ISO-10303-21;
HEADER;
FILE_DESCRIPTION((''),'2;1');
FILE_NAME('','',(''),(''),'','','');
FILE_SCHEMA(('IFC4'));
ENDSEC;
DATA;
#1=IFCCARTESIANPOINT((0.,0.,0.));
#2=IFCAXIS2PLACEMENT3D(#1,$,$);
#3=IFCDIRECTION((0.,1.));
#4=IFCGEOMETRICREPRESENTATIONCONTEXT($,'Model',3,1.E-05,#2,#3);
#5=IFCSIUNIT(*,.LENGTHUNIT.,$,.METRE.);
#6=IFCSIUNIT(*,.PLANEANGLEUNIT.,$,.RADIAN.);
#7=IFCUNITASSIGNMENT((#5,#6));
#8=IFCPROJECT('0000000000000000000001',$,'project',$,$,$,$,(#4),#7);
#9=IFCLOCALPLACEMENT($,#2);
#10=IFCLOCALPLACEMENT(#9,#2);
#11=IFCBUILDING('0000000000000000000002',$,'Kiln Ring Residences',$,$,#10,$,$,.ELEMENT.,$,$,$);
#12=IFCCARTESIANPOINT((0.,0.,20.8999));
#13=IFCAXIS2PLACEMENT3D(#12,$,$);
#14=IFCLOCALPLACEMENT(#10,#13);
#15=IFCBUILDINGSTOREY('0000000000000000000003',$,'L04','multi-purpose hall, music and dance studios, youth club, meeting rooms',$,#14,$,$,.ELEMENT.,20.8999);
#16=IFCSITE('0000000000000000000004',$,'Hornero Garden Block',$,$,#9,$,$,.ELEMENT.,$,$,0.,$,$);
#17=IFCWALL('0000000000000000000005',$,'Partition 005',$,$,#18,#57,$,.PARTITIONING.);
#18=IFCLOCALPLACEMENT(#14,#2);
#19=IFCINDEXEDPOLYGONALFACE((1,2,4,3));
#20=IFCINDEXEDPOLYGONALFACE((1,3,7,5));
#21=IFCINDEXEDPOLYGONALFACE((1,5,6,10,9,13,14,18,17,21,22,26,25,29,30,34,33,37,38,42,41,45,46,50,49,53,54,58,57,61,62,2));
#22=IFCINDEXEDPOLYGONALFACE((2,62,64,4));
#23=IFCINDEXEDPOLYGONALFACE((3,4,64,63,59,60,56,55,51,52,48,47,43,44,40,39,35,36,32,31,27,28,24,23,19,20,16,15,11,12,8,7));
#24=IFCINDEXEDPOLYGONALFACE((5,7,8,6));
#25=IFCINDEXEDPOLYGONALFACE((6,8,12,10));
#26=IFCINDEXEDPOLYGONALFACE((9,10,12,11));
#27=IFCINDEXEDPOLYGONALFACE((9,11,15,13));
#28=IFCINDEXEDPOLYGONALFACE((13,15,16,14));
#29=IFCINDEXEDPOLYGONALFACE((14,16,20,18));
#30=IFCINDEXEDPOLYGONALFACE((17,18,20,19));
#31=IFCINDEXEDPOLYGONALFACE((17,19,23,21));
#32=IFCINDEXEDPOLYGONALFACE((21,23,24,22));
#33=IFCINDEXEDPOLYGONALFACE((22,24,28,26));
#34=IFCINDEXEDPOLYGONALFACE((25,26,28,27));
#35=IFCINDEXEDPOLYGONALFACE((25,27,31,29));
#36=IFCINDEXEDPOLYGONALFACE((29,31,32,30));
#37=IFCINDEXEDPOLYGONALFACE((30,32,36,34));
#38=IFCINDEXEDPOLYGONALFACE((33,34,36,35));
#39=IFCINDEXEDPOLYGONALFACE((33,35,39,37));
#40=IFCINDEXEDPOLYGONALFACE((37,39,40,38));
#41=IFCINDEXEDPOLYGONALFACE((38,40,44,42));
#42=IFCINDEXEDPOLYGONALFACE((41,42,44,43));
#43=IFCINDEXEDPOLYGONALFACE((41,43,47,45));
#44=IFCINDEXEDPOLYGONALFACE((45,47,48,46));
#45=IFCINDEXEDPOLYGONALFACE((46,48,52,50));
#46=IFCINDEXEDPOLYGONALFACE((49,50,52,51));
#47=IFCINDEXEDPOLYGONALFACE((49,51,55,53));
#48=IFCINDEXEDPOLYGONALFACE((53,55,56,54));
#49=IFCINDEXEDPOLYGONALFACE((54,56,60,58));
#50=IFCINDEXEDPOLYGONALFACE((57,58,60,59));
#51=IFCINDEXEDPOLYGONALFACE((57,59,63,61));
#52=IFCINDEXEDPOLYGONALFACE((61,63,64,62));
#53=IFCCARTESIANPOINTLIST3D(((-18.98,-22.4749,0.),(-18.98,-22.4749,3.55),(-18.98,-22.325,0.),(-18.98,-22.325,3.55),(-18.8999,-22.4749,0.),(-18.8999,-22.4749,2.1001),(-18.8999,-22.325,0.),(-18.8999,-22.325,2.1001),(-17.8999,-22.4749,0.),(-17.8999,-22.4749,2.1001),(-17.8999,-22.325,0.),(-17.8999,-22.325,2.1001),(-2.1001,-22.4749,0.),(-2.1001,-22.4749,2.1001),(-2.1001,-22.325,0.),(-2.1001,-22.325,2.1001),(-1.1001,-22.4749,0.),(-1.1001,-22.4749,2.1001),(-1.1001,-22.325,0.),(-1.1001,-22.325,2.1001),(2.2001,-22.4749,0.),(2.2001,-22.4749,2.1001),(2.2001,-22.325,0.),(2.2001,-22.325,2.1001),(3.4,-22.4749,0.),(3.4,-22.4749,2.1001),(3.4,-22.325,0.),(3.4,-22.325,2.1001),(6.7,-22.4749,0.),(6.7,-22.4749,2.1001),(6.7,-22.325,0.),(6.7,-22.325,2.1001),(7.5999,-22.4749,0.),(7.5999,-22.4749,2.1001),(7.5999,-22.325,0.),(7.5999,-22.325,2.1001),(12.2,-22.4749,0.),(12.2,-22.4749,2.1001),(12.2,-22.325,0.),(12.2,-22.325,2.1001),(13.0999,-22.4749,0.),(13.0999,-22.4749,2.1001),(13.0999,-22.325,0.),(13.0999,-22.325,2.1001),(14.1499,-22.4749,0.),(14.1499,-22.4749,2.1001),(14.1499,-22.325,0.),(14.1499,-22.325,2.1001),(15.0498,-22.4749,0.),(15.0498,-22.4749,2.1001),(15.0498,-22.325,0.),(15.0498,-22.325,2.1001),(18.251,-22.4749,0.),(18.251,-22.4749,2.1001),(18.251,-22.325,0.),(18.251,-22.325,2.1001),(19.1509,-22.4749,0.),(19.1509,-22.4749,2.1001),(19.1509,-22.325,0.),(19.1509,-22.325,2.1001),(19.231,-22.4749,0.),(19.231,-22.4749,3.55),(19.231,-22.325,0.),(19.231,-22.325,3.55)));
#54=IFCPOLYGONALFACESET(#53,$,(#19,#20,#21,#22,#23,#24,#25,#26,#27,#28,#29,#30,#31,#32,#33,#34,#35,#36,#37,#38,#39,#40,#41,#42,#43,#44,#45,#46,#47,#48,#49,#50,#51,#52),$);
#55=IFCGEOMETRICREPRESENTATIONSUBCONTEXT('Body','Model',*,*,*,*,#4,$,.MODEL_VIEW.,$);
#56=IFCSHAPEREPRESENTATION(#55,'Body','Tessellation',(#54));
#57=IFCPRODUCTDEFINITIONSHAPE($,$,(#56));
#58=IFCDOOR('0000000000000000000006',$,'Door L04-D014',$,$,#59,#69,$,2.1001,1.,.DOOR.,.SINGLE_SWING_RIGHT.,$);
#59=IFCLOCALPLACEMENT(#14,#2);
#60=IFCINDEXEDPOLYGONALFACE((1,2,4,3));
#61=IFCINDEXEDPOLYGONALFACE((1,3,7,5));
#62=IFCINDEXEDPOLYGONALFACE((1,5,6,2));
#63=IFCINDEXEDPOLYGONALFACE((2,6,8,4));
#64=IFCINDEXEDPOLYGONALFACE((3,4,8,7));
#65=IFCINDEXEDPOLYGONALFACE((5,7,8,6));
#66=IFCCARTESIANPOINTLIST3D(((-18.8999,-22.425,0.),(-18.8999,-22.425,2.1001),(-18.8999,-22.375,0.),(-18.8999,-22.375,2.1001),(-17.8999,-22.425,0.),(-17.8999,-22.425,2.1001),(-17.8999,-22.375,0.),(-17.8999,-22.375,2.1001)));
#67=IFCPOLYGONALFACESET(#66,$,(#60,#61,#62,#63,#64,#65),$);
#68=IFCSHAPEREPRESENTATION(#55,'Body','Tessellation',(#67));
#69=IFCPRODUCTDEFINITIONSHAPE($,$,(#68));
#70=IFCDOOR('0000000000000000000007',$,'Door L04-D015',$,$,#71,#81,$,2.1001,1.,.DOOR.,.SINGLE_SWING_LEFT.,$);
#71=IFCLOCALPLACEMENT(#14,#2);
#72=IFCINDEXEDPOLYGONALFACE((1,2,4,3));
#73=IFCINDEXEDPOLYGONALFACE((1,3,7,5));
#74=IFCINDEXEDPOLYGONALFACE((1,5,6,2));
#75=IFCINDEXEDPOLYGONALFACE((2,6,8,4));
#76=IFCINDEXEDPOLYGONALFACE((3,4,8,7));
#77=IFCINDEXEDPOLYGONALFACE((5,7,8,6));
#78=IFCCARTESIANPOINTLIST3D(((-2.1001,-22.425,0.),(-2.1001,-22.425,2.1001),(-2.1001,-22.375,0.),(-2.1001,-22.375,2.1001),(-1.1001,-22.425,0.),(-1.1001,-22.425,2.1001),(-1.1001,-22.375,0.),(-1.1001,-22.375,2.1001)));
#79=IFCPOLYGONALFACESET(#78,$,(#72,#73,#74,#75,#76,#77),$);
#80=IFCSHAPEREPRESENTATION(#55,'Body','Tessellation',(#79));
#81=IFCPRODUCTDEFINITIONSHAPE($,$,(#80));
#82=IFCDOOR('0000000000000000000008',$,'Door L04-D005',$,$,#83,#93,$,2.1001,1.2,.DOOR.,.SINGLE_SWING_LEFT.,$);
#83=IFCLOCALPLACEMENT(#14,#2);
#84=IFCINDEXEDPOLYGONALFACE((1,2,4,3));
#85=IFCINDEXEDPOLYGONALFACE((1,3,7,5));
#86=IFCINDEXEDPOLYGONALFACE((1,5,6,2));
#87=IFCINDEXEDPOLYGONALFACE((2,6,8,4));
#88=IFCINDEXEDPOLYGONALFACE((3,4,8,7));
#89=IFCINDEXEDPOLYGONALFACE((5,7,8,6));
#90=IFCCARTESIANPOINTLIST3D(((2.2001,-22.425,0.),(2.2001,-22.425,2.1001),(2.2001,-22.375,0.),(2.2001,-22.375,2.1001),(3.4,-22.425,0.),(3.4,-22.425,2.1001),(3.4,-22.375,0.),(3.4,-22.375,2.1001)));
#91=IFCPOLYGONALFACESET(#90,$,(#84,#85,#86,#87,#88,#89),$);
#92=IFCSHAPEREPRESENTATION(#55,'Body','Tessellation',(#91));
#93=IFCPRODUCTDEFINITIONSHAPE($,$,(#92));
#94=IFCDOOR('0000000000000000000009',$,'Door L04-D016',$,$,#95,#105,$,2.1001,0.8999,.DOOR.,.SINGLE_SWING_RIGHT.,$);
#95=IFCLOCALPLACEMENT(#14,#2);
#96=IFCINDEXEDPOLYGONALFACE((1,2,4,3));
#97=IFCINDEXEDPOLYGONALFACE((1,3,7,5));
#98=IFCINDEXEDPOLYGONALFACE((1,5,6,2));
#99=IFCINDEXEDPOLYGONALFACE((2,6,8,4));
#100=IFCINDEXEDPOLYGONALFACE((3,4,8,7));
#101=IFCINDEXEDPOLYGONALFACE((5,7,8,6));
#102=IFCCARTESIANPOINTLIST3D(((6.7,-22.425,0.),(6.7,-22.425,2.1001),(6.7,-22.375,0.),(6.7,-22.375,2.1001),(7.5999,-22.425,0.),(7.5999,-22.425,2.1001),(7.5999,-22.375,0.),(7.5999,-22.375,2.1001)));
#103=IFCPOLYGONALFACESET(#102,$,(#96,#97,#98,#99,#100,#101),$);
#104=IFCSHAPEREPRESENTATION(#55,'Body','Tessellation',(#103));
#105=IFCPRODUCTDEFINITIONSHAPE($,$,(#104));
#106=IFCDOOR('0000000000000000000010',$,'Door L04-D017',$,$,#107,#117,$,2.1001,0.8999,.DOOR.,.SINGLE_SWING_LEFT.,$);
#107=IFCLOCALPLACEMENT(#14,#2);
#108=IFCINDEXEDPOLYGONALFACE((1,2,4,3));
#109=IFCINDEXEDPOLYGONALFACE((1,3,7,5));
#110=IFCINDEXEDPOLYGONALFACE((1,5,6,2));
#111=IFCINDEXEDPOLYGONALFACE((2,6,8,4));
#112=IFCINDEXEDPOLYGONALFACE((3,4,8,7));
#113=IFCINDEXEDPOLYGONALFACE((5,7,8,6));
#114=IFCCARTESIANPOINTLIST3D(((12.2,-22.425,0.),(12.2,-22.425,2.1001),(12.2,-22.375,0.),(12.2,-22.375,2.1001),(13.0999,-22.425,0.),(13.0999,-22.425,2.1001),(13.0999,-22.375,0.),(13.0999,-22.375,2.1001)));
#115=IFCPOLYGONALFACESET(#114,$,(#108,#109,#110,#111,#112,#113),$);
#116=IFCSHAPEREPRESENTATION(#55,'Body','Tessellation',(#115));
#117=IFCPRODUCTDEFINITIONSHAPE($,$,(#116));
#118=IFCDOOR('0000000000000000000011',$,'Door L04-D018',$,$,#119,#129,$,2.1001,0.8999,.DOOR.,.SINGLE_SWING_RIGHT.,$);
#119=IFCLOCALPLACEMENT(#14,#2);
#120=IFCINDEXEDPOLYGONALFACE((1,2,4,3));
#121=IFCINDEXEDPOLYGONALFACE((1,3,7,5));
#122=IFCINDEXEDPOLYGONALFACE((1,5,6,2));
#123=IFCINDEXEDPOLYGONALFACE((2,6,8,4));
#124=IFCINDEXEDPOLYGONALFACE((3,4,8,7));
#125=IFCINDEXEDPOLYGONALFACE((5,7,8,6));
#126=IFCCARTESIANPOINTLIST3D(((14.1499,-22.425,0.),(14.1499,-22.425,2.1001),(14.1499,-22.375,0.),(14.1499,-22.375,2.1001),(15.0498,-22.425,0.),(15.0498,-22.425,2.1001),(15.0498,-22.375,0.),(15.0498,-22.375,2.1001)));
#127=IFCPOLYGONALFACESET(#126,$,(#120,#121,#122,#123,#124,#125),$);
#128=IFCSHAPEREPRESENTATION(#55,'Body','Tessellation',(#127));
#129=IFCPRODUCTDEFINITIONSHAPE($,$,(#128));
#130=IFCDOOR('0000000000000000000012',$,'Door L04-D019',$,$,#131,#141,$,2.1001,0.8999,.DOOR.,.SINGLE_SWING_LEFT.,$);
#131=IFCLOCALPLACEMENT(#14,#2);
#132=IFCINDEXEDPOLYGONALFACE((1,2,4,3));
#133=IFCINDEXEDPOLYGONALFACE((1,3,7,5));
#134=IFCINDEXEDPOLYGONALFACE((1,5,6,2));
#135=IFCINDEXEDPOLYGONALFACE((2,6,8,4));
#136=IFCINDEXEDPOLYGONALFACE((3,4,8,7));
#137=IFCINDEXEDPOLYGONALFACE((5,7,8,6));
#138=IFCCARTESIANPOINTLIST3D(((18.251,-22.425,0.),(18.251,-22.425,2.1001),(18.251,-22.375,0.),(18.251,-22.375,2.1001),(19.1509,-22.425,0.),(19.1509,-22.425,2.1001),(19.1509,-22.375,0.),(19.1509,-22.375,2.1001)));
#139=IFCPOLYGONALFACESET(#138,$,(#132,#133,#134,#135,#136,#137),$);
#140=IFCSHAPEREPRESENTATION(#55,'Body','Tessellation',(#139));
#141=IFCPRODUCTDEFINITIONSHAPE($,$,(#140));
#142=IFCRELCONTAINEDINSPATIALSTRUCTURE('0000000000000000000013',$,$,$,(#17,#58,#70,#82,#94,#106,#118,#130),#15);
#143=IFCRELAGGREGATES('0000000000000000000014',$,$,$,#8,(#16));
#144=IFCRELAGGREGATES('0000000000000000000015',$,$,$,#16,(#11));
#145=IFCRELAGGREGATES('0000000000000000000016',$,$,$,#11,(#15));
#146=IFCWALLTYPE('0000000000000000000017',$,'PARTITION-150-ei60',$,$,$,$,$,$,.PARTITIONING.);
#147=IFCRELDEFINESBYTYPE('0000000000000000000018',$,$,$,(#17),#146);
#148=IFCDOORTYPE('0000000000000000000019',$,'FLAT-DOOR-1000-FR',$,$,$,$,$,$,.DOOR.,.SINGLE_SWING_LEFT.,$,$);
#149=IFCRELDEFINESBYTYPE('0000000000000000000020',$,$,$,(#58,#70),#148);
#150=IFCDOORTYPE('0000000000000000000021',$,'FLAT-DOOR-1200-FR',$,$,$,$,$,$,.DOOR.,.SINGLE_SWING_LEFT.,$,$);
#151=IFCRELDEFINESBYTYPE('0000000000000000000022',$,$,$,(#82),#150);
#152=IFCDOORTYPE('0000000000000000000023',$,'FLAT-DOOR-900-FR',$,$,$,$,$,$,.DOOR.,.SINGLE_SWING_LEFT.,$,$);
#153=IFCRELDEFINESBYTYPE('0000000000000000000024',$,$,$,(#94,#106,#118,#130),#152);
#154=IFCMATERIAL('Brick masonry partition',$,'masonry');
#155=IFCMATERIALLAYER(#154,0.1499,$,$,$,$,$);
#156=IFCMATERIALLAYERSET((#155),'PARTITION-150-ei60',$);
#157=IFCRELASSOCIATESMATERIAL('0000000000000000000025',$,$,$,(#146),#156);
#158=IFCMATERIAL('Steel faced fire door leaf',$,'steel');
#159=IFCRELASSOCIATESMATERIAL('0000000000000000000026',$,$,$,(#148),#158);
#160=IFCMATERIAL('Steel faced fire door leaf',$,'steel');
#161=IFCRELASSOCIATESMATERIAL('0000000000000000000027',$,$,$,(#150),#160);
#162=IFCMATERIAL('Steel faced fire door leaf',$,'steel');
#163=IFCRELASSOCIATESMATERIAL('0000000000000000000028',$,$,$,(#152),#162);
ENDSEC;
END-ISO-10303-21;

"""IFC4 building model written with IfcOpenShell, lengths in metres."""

from ifc_helpers import new_model, si_unit, direction, frame, frame_2d, origin, place, context, subcontext, project, spatial, rectangle, extrude, material, layer, layer_set, type_object, element, fill, save


model = new_model("IFC4")

# Units and contexts
model_context = context("Model", 3, precision=1e-05, world=origin(), true_north=direction((0.0, 1.0)))
body_context = subcontext(model_context, "Body", "Model", "MODEL_VIEW")
ifc_project = project(units=[si_unit("LENGTHUNIT", "METRE"), si_unit("PLANEANGLEUNIT", "RADIAN")], contexts=[model_context])

# Site, building, storey
site_placement = place(None, origin())
site = spatial("IfcSite", under=ifc_project, at=site_placement, Name="Hornero Garden Block", CompositionType="ELEMENT", RefElevation=0.0)
building_placement = place(site_placement, origin())
building = spatial("IfcBuilding", under=site, at=building_placement, Name="Kiln Ring Residences", CompositionType="ELEMENT")
storey_placement = place(building_placement, frame((0.0, 0.0, 20.8999)))
storey = spatial("IfcBuildingStorey", under=building, at=storey_placement, Name="L04", Description="multi-purpose hall, music and dance studios, youth club, meeting rooms", CompositionType="ELEMENT", Elevation=20.8999)

# Wall, openings, doors
ifc_material_1 = material(Name="Brick masonry partition", Category="masonry")
ifc_layer_1 = layer(ifc_material_1, 0.1499)
ifc_layer_set_1 = layer_set([ifc_layer_1], Name="PARTITION-150-ei60")
wall_type_1 = type_object("IfcWallType", Name="PARTITION-150-ei60", PredefinedType="PARTITIONING", material=ifc_layer_set_1)
wall_1_placement = place(storey_placement, frame((-18.98, -22.3999, 0.0), z_axis=(0.0, 0.0, 1.0), x_axis=(1.0, 0.0, 0.0)))
wall_1 = element("IfcWall", 1, at=wall_1_placement, inside=storey, type_object=wall_type_1, Name="Partition 005", PredefinedType="PARTITIONING", context=body_context, shape_type="SweptSolid", body=[
    extrude(rectangle(XDim=38.2109, YDim=0.1499, at=frame_2d((19.1055, 0.0))), origin(), (0.0, 0.0, 1.0), 3.55),
])
opening_1_placement = place(wall_1_placement, frame((21.1799, 0.0, 0.0)))
opening_1 = element("IfcOpeningElement", 2, at=opening_1_placement, cuts=wall_1, PredefinedType="OPENING", context=body_context, shape_type="SweptSolid", body=[
    extrude(rectangle(XDim=1.2, YDim=2.1001, at=frame_2d((0.6001, 1.05))), frame((0.0, 0.085, 0.0), z_axis=(0.0, -1.0, 0.0), x_axis=(1.0, 0.0, 0.0)), (0.0, 0.0, 1.0), 0.1699),
])
opening_2_placement = place(wall_1_placement, frame((0.0801, 0.0, 0.0)))
opening_2 = element("IfcOpeningElement", 3, at=opening_2_placement, cuts=wall_1, PredefinedType="OPENING", context=body_context, shape_type="SweptSolid", body=[
    extrude(rectangle(XDim=1.0, YDim=2.1001, at=frame_2d((0.5, 1.05))), frame((0.0, 0.085, 0.0), z_axis=(0.0, -1.0, 0.0), x_axis=(1.0, 0.0, 0.0)), (0.0, 0.0, 1.0), 0.1699),
])
opening_3_placement = place(wall_1_placement, frame((16.8799, 0.0, 0.0)))
opening_3 = element("IfcOpeningElement", 4, at=opening_3_placement, cuts=wall_1, PredefinedType="OPENING", context=body_context, shape_type="SweptSolid", body=[
    extrude(rectangle(XDim=1.0, YDim=2.1001, at=frame_2d((0.5, 1.05))), frame((0.0, 0.085, 0.0), z_axis=(0.0, -1.0, 0.0), x_axis=(1.0, 0.0, 0.0)), (0.0, 0.0, 1.0), 0.1699),
])
opening_4_placement = place(wall_1_placement, frame((25.6799, 0.0, 0.0)))
opening_4 = element("IfcOpeningElement", 5, at=opening_4_placement, cuts=wall_1, PredefinedType="OPENING", context=body_context, shape_type="SweptSolid", body=[
    extrude(rectangle(XDim=0.8999, YDim=2.1001, at=frame_2d((0.45, 1.05))), frame((0.0, 0.085, 0.0), z_axis=(0.0, -1.0, 0.0), x_axis=(1.0, 0.0, 0.0)), (0.0, 0.0, 1.0), 0.1699),
])
opening_5_placement = place(wall_1_placement, frame((31.1799, 0.0, 0.0)))
opening_5 = element("IfcOpeningElement", 6, at=opening_5_placement, cuts=wall_1, PredefinedType="OPENING", context=body_context, shape_type="SweptSolid", body=[
    extrude(rectangle(XDim=0.8999, YDim=2.1001, at=frame_2d((0.45, 1.05))), frame((0.0, 0.085, 0.0), z_axis=(0.0, -1.0, 0.0), x_axis=(1.0, 0.0, 0.0)), (0.0, 0.0, 1.0), 0.1699),
])
opening_6_placement = place(wall_1_placement, frame((33.1299, 0.0, 0.0)))
opening_6 = element("IfcOpeningElement", 7, at=opening_6_placement, cuts=wall_1, PredefinedType="OPENING", context=body_context, shape_type="SweptSolid", body=[
    extrude(rectangle(XDim=0.8999, YDim=2.1001, at=frame_2d((0.45, 1.05))), frame((0.0, 0.085, 0.0), z_axis=(0.0, -1.0, 0.0), x_axis=(1.0, 0.0, 0.0)), (0.0, 0.0, 1.0), 0.1699),
])
opening_7_placement = place(wall_1_placement, frame((37.231, 0.0, 0.0)))
opening_7 = element("IfcOpeningElement", 8, at=opening_7_placement, cuts=wall_1, PredefinedType="OPENING", context=body_context, shape_type="SweptSolid", body=[
    extrude(rectangle(XDim=0.8999, YDim=2.1001, at=frame_2d((0.45, 1.05))), frame((0.0, 0.085, 0.0), z_axis=(0.0, -1.0, 0.0), x_axis=(1.0, 0.0, 0.0)), (0.0, 0.0, 1.0), 0.1699),
])
ifc_material_2 = material(Name="Steel faced fire door leaf", Category="steel")
door_type_1 = type_object("IfcDoorType", Name="FLAT-DOOR-1000-FR", OperationType="SINGLE_SWING_LEFT", PredefinedType="DOOR", material=ifc_material_2)
door_1_placement = place(opening_2_placement, origin())
door_1 = element("IfcDoor", 9, at=door_1_placement, inside=storey, type_object=door_type_1, Name="Door L04-D014", OperationType="SINGLE_SWING_RIGHT", OverallHeight=2.1001, OverallWidth=1.0, PredefinedType="DOOR", context=body_context, shape_type="SweptSolid", body=[
    extrude(rectangle(XDim=1.0, YDim=2.1001, at=frame_2d((0.5, 1.05))), frame((0.0, 0.0249, 0.0), z_axis=(0.0, -1.0, 0.0), x_axis=(1.0, 0.0, 0.0)), (0.0, 0.0, 1.0), 0.05),
])
fill(opening_2, door_1)
door_2_placement = place(opening_3_placement, origin())
door_2 = element("IfcDoor", 10, at=door_2_placement, inside=storey, type_object=door_type_1, Name="Door L04-D015", OperationType="SINGLE_SWING_LEFT", OverallHeight=2.1001, OverallWidth=1.0, PredefinedType="DOOR", context=body_context, shape_type="SweptSolid", body=[
    extrude(rectangle(XDim=1.0, YDim=2.1001, at=frame_2d((0.5, 1.05))), frame((0.0, 0.0249, 0.0), z_axis=(0.0, -1.0, 0.0), x_axis=(1.0, 0.0, 0.0)), (0.0, 0.0, 1.0), 0.05),
])
fill(opening_3, door_2)
ifc_material_3 = material(Name="Steel faced fire door leaf", Category="steel")
door_type_2 = type_object("IfcDoorType", Name="FLAT-DOOR-1200-FR", OperationType="SINGLE_SWING_LEFT", PredefinedType="DOOR", material=ifc_material_3)
door_3_placement = place(opening_1_placement, origin())
door_3 = element("IfcDoor", 11, at=door_3_placement, inside=storey, type_object=door_type_2, Name="Door L04-D005", OperationType="SINGLE_SWING_LEFT", OverallHeight=2.1001, OverallWidth=1.2, PredefinedType="DOOR", context=body_context, shape_type="SweptSolid", body=[
    extrude(rectangle(XDim=1.2, YDim=2.1001, at=frame_2d((0.6001, 1.05))), frame((0.0, 0.0249, 0.0), z_axis=(0.0, -1.0, 0.0), x_axis=(1.0, 0.0, 0.0)), (0.0, 0.0, 1.0), 0.05),
])
fill(opening_1, door_3)
ifc_material_4 = material(Name="Steel faced fire door leaf", Category="steel")
door_type_3 = type_object("IfcDoorType", Name="FLAT-DOOR-900-FR", OperationType="SINGLE_SWING_LEFT", PredefinedType="DOOR", material=ifc_material_4)
door_4_placement = place(opening_4_placement, origin())
door_4 = element("IfcDoor", 12, at=door_4_placement, inside=storey, type_object=door_type_3, Name="Door L04-D016", OperationType="SINGLE_SWING_RIGHT", OverallHeight=2.1001, OverallWidth=0.8999, PredefinedType="DOOR", context=body_context, shape_type="SweptSolid", body=[
    extrude(rectangle(XDim=0.8999, YDim=2.1001, at=frame_2d((0.45, 1.05))), frame((0.0, 0.0249, 0.0), z_axis=(0.0, -1.0, 0.0), x_axis=(1.0, 0.0, 0.0)), (0.0, 0.0, 1.0), 0.05),
])
fill(opening_4, door_4)
door_5_placement = place(opening_5_placement, origin())
door_5 = element("IfcDoor", 13, at=door_5_placement, inside=storey, type_object=door_type_3, Name="Door L04-D017", OperationType="SINGLE_SWING_LEFT", OverallHeight=2.1001, OverallWidth=0.8999, PredefinedType="DOOR", context=body_context, shape_type="SweptSolid", body=[
    extrude(rectangle(XDim=0.8999, YDim=2.1001, at=frame_2d((0.45, 1.05))), frame((0.0, 0.0249, 0.0), z_axis=(0.0, -1.0, 0.0), x_axis=(1.0, 0.0, 0.0)), (0.0, 0.0, 1.0), 0.05),
])
fill(opening_5, door_5)
door_6_placement = place(opening_6_placement, origin())
door_6 = element("IfcDoor", 14, at=door_6_placement, inside=storey, type_object=door_type_3, Name="Door L04-D018", OperationType="SINGLE_SWING_RIGHT", OverallHeight=2.1001, OverallWidth=0.8999, PredefinedType="DOOR", context=body_context, shape_type="SweptSolid", body=[
    extrude(rectangle(XDim=0.8999, YDim=2.1001, at=frame_2d((0.45, 1.05))), frame((0.0, 0.0249, 0.0), z_axis=(0.0, -1.0, 0.0), x_axis=(1.0, 0.0, 0.0)), (0.0, 0.0, 1.0), 0.05),
])
fill(opening_6, door_6)
door_7_placement = place(opening_7_placement, origin())
door_7 = element("IfcDoor", 15, at=door_7_placement, inside=storey, type_object=door_type_3, Name="Door L04-D019", OperationType="SINGLE_SWING_LEFT", OverallHeight=2.1001, OverallWidth=0.8999, PredefinedType="DOOR", context=body_context, shape_type="SweptSolid", body=[
    extrude(rectangle(XDim=0.8999, YDim=2.1001, at=frame_2d((0.45, 1.05))), frame((0.0, 0.0249, 0.0), z_axis=(0.0, -1.0, 0.0), x_axis=(1.0, 0.0, 0.0)), (0.0, 0.0, 1.0), 0.05),
])
fill(opening_7, door_7)

save(model, "model.ifc")
